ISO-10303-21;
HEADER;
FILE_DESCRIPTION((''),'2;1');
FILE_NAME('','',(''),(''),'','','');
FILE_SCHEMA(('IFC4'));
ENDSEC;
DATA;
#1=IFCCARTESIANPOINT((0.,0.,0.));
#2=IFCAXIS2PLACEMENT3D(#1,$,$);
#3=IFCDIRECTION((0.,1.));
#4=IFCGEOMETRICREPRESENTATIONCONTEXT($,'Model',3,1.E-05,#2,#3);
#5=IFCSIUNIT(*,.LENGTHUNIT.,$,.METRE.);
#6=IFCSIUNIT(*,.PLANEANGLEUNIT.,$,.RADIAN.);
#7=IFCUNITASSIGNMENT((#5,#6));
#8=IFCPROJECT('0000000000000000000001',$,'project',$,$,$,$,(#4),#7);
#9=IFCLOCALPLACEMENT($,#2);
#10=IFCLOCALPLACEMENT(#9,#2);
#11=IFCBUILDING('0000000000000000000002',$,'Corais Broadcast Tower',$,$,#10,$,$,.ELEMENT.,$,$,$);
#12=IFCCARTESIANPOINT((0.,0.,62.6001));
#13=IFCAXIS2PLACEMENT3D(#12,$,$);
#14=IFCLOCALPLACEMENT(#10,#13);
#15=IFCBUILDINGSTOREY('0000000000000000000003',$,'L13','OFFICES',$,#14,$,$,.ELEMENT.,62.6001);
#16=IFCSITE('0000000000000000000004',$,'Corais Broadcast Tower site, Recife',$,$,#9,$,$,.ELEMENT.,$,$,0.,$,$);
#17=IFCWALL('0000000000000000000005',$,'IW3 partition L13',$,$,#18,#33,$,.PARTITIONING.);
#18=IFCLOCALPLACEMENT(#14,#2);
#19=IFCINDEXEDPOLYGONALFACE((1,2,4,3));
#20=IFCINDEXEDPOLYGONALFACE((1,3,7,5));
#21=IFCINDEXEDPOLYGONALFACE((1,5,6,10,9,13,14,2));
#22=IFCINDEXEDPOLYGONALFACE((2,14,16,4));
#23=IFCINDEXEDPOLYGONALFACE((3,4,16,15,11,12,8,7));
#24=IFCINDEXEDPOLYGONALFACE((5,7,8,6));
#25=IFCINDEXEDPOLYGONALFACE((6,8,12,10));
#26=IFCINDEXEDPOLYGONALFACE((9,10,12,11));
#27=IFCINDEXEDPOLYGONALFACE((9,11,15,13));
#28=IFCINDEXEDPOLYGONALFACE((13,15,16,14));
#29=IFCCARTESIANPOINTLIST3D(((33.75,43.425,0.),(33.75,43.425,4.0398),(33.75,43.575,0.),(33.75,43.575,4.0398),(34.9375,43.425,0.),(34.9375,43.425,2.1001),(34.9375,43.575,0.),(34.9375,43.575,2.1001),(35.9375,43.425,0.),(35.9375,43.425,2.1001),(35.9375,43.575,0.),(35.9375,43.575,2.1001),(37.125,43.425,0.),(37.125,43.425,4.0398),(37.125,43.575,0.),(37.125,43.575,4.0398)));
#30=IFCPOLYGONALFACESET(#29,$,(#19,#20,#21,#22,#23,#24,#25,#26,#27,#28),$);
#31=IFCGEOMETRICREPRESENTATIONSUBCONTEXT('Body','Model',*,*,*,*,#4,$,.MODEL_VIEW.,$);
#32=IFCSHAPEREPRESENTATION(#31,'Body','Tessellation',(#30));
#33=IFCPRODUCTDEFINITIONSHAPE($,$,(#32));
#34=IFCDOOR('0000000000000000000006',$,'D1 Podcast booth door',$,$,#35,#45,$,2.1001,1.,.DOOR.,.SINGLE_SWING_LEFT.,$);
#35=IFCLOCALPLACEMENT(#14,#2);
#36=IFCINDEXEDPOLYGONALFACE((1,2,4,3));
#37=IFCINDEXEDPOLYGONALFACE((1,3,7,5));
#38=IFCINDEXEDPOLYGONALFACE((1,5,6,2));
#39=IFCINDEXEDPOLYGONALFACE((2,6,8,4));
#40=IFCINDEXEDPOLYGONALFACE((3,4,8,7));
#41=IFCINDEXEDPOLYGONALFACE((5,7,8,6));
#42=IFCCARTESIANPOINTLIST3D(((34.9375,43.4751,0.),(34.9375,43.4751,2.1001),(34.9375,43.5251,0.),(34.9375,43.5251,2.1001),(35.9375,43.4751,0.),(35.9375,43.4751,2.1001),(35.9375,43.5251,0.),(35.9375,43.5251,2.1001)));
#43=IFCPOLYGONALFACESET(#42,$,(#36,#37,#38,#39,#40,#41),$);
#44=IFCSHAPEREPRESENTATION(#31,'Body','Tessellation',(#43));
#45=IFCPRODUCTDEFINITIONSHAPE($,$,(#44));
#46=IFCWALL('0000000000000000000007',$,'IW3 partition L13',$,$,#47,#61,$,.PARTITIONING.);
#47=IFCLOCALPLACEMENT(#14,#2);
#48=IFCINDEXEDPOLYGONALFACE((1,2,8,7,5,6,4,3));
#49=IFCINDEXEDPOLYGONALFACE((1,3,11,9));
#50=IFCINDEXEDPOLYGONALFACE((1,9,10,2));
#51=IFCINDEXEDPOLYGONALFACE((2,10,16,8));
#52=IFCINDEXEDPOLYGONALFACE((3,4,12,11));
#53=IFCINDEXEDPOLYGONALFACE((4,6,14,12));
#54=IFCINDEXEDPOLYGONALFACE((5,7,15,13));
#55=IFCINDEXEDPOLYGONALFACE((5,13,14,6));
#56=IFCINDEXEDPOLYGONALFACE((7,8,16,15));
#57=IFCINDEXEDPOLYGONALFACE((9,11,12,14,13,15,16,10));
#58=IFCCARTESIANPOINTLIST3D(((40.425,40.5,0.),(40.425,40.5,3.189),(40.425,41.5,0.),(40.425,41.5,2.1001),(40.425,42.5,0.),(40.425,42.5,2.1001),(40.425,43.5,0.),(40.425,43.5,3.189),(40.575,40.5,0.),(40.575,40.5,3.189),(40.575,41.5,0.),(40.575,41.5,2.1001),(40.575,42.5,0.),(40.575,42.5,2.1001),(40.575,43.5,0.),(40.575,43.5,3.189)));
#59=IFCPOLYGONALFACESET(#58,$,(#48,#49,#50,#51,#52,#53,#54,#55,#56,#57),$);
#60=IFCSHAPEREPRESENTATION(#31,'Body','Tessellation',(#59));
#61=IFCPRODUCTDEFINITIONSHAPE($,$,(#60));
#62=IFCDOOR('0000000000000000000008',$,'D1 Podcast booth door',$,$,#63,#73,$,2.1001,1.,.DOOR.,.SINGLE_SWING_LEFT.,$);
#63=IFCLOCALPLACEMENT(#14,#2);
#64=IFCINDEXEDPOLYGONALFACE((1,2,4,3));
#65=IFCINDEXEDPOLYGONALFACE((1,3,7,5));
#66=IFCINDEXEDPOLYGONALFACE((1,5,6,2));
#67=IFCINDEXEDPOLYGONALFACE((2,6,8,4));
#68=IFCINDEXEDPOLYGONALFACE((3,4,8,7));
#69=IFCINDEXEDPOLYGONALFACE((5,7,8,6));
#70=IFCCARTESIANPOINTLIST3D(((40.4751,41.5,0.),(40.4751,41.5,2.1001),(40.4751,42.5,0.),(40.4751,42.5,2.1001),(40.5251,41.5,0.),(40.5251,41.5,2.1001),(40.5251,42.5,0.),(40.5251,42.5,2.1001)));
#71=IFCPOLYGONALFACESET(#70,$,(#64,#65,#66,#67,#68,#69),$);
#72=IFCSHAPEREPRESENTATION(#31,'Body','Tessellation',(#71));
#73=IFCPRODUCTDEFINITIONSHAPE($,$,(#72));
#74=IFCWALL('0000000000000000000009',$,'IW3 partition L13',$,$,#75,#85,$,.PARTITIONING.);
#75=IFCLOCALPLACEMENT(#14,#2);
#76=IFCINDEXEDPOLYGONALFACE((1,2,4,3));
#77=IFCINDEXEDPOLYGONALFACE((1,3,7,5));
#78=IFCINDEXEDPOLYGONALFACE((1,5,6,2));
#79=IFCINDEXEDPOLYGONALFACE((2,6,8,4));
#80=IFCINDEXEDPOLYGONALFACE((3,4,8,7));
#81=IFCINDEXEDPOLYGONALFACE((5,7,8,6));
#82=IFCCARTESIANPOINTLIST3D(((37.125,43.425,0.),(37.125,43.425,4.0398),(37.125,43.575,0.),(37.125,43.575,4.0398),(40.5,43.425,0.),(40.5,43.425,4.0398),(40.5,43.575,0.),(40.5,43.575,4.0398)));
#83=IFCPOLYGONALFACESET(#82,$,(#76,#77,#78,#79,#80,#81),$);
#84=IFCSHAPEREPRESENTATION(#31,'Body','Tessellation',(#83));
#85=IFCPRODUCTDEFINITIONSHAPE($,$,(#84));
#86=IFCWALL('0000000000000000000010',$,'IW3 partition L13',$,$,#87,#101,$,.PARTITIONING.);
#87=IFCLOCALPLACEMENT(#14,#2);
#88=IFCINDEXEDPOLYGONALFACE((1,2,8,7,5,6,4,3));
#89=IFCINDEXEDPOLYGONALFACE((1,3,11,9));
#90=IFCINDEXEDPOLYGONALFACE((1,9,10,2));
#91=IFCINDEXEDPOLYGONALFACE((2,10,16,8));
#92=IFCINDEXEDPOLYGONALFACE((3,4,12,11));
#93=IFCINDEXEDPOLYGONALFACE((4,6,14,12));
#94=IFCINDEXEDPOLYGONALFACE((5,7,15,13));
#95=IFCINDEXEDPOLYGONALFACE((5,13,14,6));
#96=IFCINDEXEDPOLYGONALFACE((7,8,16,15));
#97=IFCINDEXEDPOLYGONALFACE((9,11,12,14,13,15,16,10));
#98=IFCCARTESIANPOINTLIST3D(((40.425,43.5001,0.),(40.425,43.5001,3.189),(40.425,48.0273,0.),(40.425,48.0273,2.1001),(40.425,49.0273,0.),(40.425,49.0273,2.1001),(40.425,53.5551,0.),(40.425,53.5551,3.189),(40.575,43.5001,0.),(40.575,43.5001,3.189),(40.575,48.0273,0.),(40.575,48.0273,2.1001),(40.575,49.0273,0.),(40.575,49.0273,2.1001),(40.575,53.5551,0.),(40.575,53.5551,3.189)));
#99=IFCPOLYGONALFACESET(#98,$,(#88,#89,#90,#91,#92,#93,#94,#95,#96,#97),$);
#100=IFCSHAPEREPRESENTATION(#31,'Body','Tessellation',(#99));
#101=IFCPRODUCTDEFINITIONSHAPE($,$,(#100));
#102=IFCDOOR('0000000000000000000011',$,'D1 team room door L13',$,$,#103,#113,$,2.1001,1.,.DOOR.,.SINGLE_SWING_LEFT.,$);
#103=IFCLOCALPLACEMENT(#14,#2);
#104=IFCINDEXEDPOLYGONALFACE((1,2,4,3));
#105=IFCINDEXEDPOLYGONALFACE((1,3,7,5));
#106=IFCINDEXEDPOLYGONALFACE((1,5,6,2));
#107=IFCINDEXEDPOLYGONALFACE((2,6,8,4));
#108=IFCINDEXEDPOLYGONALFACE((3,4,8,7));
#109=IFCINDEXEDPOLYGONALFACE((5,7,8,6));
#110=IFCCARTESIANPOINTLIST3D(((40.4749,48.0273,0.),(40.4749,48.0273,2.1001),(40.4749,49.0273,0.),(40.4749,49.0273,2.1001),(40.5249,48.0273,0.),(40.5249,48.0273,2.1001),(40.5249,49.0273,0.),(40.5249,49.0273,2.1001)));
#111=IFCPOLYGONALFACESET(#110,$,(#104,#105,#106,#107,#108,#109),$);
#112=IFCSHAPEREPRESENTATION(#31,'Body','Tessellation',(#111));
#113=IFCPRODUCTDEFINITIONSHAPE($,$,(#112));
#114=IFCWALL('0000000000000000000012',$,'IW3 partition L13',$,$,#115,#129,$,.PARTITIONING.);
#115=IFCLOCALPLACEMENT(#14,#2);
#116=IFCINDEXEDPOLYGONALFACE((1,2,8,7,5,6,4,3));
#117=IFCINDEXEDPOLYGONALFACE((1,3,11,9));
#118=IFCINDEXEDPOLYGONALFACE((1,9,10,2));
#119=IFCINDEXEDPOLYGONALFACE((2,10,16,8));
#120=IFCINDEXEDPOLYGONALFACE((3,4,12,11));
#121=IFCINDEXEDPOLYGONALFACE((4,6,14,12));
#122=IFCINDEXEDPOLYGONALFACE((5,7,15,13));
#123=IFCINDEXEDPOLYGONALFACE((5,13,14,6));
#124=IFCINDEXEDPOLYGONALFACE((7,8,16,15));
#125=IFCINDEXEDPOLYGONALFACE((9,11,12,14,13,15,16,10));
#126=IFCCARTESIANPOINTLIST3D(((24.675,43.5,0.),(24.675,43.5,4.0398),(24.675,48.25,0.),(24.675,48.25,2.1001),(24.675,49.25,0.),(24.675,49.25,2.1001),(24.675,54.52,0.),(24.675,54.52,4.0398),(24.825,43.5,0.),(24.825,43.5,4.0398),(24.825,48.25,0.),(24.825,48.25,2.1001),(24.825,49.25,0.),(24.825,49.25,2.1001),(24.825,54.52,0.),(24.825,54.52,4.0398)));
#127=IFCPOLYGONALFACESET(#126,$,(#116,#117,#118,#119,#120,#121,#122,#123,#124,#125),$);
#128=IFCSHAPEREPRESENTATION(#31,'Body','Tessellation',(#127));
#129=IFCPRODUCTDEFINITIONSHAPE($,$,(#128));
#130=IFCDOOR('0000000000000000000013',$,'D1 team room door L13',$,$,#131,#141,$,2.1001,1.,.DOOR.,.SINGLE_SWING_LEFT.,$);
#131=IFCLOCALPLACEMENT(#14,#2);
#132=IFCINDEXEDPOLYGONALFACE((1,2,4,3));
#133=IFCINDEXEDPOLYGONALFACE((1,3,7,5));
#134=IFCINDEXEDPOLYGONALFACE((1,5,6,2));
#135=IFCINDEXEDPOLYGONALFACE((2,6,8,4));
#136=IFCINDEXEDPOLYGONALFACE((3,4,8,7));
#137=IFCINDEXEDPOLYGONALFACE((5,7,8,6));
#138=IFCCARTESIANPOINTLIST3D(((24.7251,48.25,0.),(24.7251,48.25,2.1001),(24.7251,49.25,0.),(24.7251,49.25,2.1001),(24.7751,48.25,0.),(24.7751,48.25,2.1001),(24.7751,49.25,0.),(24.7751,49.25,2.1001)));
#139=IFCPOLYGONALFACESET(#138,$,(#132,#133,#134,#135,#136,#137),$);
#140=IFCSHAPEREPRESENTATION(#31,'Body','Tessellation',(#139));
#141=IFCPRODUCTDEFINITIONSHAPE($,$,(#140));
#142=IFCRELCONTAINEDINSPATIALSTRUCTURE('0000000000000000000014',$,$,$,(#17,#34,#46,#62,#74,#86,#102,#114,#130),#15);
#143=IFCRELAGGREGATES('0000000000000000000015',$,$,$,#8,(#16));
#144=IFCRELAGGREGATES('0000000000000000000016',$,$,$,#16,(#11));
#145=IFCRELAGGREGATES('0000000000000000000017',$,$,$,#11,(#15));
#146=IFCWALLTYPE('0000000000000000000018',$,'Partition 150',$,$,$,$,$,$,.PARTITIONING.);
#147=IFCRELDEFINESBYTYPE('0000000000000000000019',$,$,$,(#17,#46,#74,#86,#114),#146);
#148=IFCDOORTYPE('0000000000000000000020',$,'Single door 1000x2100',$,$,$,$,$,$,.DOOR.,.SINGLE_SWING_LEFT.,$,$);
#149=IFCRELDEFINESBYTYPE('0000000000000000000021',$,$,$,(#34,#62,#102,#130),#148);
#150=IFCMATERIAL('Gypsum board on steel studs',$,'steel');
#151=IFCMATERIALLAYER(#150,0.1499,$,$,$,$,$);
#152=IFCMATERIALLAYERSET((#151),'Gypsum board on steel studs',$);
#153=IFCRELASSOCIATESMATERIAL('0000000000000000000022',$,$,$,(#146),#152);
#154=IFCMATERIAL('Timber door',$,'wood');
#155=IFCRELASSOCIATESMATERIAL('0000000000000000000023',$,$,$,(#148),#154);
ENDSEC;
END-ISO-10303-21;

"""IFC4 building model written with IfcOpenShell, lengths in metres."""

from ifc_helpers import new_model, si_unit, direction, frame, frame_2d, origin, place, context, subcontext, project, spatial, rectangle, extrude, material, layer, layer_set, type_object, element, fill, save


model = new_model("IFC4")

# Units and contexts
model_context = context("Model", 3, precision=1e-05, world=origin(), true_north=direction((0.0, 1.0)))
body_context = subcontext(model_context, "Body", "Model", "MODEL_VIEW")
ifc_project = project(units=[si_unit("LENGTHUNIT", "METRE"), si_unit("PLANEANGLEUNIT", "RADIAN")], contexts=[model_context])

# Site, building, storey
site_placement = place(None, origin())
site = spatial("IfcSite", under=ifc_project, at=site_placement, Name="Corais Broadcast Tower site, Recife", CompositionType="ELEMENT", RefElevation=0.0)
building_placement = place(site_placement, origin())
building = spatial("IfcBuilding", under=site, at=building_placement, Name="Corais Broadcast Tower", CompositionType="ELEMENT")
storey_placement = place(building_placement, frame((0.0, 0.0, 62.6001)))
storey = spatial("IfcBuildingStorey", under=building, at=storey_placement, Name="L13", Description="OFFICES", CompositionType="ELEMENT", Elevation=62.6001)

# Shared definitions
ifc_material_1 = material(Name="Gypsum board on steel studs", Category="steel")
ifc_layer_1 = layer(ifc_material_1, 0.1499)
ifc_layer_set_1 = layer_set([ifc_layer_1], Name="Gypsum board on steel studs")
wall_type_1 = type_object("IfcWallType", Name="Partition 150", PredefinedType="PARTITIONING", material=ifc_layer_set_1)

# Shared definitions
ifc_material_2 = material(Name="Timber door", Category="wood")
door_type = type_object("IfcDoorType", Name="Single door 1000x2100", OperationType="SINGLE_SWING_LEFT", PredefinedType="DOOR", material=ifc_material_2)

# Walls, openings, doors
wall_1_placement = place(storey_placement, frame((37.125, 43.5, 0.0), z_axis=(0.0, 0.0, 1.0), x_axis=(-1.0, 0.0, 0.0)))
wall_1 = element("IfcWall", 1, at=wall_1_placement, inside=storey, type_object=wall_type_1, Name="IW3 partition L13", PredefinedType="PARTITIONING", context=body_context, shape_type="SweptSolid", body=[
    extrude(rectangle(XDim=3.375, YDim=0.1499, at=frame_2d((1.6875, 0.0))), origin(), (0.0, 0.0, 1.0), 4.0398),
])
opening_1_placement = place(wall_1_placement, frame((1.1875, 0.0, 0.0)))
opening_1 = element("IfcOpeningElement", 2, at=opening_1_placement, cuts=wall_1, PredefinedType="OPENING", context=body_context, shape_type="SweptSolid", body=[
    extrude(rectangle(XDim=1.0, YDim=2.1001, at=frame_2d((0.5, 1.05))), frame((0.0, 0.085, 0.0), z_axis=(0.0, -1.0, 0.0), x_axis=(1.0, 0.0, 0.0)), (0.0, 0.0, 1.0), 0.1699),
])
door_1_placement = place(opening_1_placement, origin())
door_1 = element("IfcDoor", 3, at=door_1_placement, inside=storey, type_object=door_type, Name="D1 Podcast booth door", OperationType="SINGLE_SWING_LEFT", OverallHeight=2.1001, OverallWidth=1.0, PredefinedType="DOOR", context=body_context, shape_type="SweptSolid", body=[
    extrude(rectangle(XDim=1.0, YDim=2.1001, at=frame_2d((0.5, 1.05))), frame((0.0, 0.0249, 0.0), z_axis=(0.0, -1.0, 0.0), x_axis=(1.0, 0.0, 0.0)), (0.0, 0.0, 1.0), 0.05),
])
fill(opening_1, door_1)
wall_2_placement = place(storey_placement, frame((40.5, 40.5, 0.0), z_axis=(0.0, 0.0, 1.0), x_axis=(0.0, 1.0, 0.0)))
wall_2 = element("IfcWall", 4, at=wall_2_placement, inside=storey, type_object=wall_type_1, Name="IW3 partition L13", PredefinedType="PARTITIONING", context=body_context, shape_type="SweptSolid", body=[
    extrude(rectangle(XDim=3.0, YDim=0.1499, at=frame_2d((1.5, 0.0))), origin(), (0.0, 0.0, 1.0), 3.189),
])
opening_2_placement = place(wall_2_placement, frame((1.0, 0.0, 0.0)))
opening_2 = element("IfcOpeningElement", 5, at=opening_2_placement, cuts=wall_2, PredefinedType="OPENING", context=body_context, shape_type="SweptSolid", body=[
    extrude(rectangle(XDim=1.0, YDim=2.1001, at=frame_2d((0.5, 1.05))), frame((0.0, 0.085, 0.0), z_axis=(0.0, -1.0, 0.0), x_axis=(1.0, 0.0, 0.0)), (0.0, 0.0, 1.0), 0.1699),
])
door_2_placement = place(opening_2_placement, origin())
door_2 = element("IfcDoor", 6, at=door_2_placement, inside=storey, type_object=door_type, Name="D1 Podcast booth door", OperationType="SINGLE_SWING_LEFT", OverallHeight=2.1001, OverallWidth=1.0, PredefinedType="DOOR", context=body_context, shape_type="SweptSolid", body=[
    extrude(rectangle(XDim=1.0, YDim=2.1001, at=frame_2d((0.5, 1.05))), frame((0.0, 0.0249, 0.0), z_axis=(0.0, -1.0, 0.0), x_axis=(1.0, 0.0, 0.0)), (0.0, 0.0, 1.0), 0.05),
])
fill(opening_2, door_2)

# Wall
wall_3_placement = place(storey_placement, frame((40.5, 43.5, 0.0), z_axis=(0.0, 0.0, 1.0), x_axis=(-1.0, 0.0, 0.0)))
element("IfcWall", 7, at=wall_3_placement, inside=storey, type_object=wall_type_1, Name="IW3 partition L13", PredefinedType="PARTITIONING", context=body_context, shape_type="SweptSolid", body=[
    extrude(rectangle(XDim=3.375, YDim=0.1499, at=frame_2d((1.6875, 0.0))), origin(), (0.0, 0.0, 1.0), 4.0398),
])

# Walls, openings, doors
wall_4_placement = place(storey_placement, frame((40.5, 53.5549, 0.0), z_axis=(0.0, 0.0, 1.0), x_axis=(0.0, -1.0, 0.0)))
wall_4 = element("IfcWall", 8, at=wall_4_placement, inside=storey, type_object=wall_type_1, Name="IW3 partition L13", PredefinedType="PARTITIONING", context=body_context, shape_type="SweptSolid", body=[
    extrude(rectangle(XDim=10.0549, YDim=0.1499, at=frame_2d((5.0273, 0.0))), origin(), (0.0, 0.0, 1.0), 3.189),
])
opening_3_placement = place(wall_4_placement, frame((4.5276, 0.0, 0.0)))
opening_3 = element("IfcOpeningElement", 9, at=opening_3_placement, cuts=wall_4, PredefinedType="OPENING", context=body_context, shape_type="SweptSolid", body=[
    extrude(rectangle(XDim=1.0, YDim=2.1001, at=frame_2d((0.5, 1.05))), frame((0.0, 0.085, 0.0), z_axis=(0.0, -1.0, 0.0), x_axis=(1.0, 0.0, 0.0)), (0.0, 0.0, 1.0), 0.1699),
])
door_3_placement = place(opening_3_placement, origin())
door_3 = element("IfcDoor", 10, at=door_3_placement, inside=storey, type_object=door_type, Name="D1 team room door L13", OperationType="SINGLE_SWING_LEFT", OverallHeight=2.1001, OverallWidth=1.0, PredefinedType="DOOR", context=body_context, shape_type="SweptSolid", body=[
    extrude(rectangle(XDim=1.0, YDim=2.1001, at=frame_2d((0.5, 1.05))), frame((0.0, 0.0249, 0.0), z_axis=(0.0, -1.0, 0.0), x_axis=(1.0, 0.0, 0.0)), (0.0, 0.0, 1.0), 0.05),
])
fill(opening_3, door_3)
wall_5_placement = place(storey_placement, frame((24.75, 43.5, 0.0), z_axis=(0.0, 0.0, 1.0), x_axis=(0.0, 1.0, 0.0)))
wall_5 = element("IfcWall", 11, at=wall_5_placement, inside=storey, type_object=wall_type_1, Name="IW3 partition L13", PredefinedType="PARTITIONING", context=body_context, shape_type="SweptSolid", body=[
    extrude(rectangle(XDim=11.02, YDim=0.1499, at=frame_2d((5.51, 0.0))), origin(), (0.0, 0.0, 1.0), 4.0398),
])
opening_4_placement = place(wall_5_placement, frame((4.75, 0.0, 0.0)))
opening_4 = element("IfcOpeningElement", 12, at=opening_4_placement, cuts=wall_5, PredefinedType="OPENING", context=body_context, shape_type="SweptSolid", body=[
    extrude(rectangle(XDim=1.0, YDim=2.1001, at=frame_2d((0.5, 1.05))), frame((0.0, 0.085, 0.0), z_axis=(0.0, -1.0, 0.0), x_axis=(1.0, 0.0, 0.0)), (0.0, 0.0, 1.0), 0.1699),
])
door_4_placement = place(opening_4_placement, origin())
door_4 = element("IfcDoor", 13, at=door_4_placement, inside=storey, type_object=door_type, Name="D1 team room door L13", OperationType="SINGLE_SWING_LEFT", OverallHeight=2.1001, OverallWidth=1.0, PredefinedType="DOOR", context=body_context, shape_type="SweptSolid", body=[
    extrude(rectangle(XDim=1.0, YDim=2.1001, at=frame_2d((0.5, 1.05))), frame((0.0, 0.0249, 0.0), z_axis=(0.0, -1.0, 0.0), x_axis=(1.0, 0.0, 0.0)), (0.0, 0.0, 1.0), 0.05),
])
fill(opening_4, door_4)

save(model, "model.ifc")
